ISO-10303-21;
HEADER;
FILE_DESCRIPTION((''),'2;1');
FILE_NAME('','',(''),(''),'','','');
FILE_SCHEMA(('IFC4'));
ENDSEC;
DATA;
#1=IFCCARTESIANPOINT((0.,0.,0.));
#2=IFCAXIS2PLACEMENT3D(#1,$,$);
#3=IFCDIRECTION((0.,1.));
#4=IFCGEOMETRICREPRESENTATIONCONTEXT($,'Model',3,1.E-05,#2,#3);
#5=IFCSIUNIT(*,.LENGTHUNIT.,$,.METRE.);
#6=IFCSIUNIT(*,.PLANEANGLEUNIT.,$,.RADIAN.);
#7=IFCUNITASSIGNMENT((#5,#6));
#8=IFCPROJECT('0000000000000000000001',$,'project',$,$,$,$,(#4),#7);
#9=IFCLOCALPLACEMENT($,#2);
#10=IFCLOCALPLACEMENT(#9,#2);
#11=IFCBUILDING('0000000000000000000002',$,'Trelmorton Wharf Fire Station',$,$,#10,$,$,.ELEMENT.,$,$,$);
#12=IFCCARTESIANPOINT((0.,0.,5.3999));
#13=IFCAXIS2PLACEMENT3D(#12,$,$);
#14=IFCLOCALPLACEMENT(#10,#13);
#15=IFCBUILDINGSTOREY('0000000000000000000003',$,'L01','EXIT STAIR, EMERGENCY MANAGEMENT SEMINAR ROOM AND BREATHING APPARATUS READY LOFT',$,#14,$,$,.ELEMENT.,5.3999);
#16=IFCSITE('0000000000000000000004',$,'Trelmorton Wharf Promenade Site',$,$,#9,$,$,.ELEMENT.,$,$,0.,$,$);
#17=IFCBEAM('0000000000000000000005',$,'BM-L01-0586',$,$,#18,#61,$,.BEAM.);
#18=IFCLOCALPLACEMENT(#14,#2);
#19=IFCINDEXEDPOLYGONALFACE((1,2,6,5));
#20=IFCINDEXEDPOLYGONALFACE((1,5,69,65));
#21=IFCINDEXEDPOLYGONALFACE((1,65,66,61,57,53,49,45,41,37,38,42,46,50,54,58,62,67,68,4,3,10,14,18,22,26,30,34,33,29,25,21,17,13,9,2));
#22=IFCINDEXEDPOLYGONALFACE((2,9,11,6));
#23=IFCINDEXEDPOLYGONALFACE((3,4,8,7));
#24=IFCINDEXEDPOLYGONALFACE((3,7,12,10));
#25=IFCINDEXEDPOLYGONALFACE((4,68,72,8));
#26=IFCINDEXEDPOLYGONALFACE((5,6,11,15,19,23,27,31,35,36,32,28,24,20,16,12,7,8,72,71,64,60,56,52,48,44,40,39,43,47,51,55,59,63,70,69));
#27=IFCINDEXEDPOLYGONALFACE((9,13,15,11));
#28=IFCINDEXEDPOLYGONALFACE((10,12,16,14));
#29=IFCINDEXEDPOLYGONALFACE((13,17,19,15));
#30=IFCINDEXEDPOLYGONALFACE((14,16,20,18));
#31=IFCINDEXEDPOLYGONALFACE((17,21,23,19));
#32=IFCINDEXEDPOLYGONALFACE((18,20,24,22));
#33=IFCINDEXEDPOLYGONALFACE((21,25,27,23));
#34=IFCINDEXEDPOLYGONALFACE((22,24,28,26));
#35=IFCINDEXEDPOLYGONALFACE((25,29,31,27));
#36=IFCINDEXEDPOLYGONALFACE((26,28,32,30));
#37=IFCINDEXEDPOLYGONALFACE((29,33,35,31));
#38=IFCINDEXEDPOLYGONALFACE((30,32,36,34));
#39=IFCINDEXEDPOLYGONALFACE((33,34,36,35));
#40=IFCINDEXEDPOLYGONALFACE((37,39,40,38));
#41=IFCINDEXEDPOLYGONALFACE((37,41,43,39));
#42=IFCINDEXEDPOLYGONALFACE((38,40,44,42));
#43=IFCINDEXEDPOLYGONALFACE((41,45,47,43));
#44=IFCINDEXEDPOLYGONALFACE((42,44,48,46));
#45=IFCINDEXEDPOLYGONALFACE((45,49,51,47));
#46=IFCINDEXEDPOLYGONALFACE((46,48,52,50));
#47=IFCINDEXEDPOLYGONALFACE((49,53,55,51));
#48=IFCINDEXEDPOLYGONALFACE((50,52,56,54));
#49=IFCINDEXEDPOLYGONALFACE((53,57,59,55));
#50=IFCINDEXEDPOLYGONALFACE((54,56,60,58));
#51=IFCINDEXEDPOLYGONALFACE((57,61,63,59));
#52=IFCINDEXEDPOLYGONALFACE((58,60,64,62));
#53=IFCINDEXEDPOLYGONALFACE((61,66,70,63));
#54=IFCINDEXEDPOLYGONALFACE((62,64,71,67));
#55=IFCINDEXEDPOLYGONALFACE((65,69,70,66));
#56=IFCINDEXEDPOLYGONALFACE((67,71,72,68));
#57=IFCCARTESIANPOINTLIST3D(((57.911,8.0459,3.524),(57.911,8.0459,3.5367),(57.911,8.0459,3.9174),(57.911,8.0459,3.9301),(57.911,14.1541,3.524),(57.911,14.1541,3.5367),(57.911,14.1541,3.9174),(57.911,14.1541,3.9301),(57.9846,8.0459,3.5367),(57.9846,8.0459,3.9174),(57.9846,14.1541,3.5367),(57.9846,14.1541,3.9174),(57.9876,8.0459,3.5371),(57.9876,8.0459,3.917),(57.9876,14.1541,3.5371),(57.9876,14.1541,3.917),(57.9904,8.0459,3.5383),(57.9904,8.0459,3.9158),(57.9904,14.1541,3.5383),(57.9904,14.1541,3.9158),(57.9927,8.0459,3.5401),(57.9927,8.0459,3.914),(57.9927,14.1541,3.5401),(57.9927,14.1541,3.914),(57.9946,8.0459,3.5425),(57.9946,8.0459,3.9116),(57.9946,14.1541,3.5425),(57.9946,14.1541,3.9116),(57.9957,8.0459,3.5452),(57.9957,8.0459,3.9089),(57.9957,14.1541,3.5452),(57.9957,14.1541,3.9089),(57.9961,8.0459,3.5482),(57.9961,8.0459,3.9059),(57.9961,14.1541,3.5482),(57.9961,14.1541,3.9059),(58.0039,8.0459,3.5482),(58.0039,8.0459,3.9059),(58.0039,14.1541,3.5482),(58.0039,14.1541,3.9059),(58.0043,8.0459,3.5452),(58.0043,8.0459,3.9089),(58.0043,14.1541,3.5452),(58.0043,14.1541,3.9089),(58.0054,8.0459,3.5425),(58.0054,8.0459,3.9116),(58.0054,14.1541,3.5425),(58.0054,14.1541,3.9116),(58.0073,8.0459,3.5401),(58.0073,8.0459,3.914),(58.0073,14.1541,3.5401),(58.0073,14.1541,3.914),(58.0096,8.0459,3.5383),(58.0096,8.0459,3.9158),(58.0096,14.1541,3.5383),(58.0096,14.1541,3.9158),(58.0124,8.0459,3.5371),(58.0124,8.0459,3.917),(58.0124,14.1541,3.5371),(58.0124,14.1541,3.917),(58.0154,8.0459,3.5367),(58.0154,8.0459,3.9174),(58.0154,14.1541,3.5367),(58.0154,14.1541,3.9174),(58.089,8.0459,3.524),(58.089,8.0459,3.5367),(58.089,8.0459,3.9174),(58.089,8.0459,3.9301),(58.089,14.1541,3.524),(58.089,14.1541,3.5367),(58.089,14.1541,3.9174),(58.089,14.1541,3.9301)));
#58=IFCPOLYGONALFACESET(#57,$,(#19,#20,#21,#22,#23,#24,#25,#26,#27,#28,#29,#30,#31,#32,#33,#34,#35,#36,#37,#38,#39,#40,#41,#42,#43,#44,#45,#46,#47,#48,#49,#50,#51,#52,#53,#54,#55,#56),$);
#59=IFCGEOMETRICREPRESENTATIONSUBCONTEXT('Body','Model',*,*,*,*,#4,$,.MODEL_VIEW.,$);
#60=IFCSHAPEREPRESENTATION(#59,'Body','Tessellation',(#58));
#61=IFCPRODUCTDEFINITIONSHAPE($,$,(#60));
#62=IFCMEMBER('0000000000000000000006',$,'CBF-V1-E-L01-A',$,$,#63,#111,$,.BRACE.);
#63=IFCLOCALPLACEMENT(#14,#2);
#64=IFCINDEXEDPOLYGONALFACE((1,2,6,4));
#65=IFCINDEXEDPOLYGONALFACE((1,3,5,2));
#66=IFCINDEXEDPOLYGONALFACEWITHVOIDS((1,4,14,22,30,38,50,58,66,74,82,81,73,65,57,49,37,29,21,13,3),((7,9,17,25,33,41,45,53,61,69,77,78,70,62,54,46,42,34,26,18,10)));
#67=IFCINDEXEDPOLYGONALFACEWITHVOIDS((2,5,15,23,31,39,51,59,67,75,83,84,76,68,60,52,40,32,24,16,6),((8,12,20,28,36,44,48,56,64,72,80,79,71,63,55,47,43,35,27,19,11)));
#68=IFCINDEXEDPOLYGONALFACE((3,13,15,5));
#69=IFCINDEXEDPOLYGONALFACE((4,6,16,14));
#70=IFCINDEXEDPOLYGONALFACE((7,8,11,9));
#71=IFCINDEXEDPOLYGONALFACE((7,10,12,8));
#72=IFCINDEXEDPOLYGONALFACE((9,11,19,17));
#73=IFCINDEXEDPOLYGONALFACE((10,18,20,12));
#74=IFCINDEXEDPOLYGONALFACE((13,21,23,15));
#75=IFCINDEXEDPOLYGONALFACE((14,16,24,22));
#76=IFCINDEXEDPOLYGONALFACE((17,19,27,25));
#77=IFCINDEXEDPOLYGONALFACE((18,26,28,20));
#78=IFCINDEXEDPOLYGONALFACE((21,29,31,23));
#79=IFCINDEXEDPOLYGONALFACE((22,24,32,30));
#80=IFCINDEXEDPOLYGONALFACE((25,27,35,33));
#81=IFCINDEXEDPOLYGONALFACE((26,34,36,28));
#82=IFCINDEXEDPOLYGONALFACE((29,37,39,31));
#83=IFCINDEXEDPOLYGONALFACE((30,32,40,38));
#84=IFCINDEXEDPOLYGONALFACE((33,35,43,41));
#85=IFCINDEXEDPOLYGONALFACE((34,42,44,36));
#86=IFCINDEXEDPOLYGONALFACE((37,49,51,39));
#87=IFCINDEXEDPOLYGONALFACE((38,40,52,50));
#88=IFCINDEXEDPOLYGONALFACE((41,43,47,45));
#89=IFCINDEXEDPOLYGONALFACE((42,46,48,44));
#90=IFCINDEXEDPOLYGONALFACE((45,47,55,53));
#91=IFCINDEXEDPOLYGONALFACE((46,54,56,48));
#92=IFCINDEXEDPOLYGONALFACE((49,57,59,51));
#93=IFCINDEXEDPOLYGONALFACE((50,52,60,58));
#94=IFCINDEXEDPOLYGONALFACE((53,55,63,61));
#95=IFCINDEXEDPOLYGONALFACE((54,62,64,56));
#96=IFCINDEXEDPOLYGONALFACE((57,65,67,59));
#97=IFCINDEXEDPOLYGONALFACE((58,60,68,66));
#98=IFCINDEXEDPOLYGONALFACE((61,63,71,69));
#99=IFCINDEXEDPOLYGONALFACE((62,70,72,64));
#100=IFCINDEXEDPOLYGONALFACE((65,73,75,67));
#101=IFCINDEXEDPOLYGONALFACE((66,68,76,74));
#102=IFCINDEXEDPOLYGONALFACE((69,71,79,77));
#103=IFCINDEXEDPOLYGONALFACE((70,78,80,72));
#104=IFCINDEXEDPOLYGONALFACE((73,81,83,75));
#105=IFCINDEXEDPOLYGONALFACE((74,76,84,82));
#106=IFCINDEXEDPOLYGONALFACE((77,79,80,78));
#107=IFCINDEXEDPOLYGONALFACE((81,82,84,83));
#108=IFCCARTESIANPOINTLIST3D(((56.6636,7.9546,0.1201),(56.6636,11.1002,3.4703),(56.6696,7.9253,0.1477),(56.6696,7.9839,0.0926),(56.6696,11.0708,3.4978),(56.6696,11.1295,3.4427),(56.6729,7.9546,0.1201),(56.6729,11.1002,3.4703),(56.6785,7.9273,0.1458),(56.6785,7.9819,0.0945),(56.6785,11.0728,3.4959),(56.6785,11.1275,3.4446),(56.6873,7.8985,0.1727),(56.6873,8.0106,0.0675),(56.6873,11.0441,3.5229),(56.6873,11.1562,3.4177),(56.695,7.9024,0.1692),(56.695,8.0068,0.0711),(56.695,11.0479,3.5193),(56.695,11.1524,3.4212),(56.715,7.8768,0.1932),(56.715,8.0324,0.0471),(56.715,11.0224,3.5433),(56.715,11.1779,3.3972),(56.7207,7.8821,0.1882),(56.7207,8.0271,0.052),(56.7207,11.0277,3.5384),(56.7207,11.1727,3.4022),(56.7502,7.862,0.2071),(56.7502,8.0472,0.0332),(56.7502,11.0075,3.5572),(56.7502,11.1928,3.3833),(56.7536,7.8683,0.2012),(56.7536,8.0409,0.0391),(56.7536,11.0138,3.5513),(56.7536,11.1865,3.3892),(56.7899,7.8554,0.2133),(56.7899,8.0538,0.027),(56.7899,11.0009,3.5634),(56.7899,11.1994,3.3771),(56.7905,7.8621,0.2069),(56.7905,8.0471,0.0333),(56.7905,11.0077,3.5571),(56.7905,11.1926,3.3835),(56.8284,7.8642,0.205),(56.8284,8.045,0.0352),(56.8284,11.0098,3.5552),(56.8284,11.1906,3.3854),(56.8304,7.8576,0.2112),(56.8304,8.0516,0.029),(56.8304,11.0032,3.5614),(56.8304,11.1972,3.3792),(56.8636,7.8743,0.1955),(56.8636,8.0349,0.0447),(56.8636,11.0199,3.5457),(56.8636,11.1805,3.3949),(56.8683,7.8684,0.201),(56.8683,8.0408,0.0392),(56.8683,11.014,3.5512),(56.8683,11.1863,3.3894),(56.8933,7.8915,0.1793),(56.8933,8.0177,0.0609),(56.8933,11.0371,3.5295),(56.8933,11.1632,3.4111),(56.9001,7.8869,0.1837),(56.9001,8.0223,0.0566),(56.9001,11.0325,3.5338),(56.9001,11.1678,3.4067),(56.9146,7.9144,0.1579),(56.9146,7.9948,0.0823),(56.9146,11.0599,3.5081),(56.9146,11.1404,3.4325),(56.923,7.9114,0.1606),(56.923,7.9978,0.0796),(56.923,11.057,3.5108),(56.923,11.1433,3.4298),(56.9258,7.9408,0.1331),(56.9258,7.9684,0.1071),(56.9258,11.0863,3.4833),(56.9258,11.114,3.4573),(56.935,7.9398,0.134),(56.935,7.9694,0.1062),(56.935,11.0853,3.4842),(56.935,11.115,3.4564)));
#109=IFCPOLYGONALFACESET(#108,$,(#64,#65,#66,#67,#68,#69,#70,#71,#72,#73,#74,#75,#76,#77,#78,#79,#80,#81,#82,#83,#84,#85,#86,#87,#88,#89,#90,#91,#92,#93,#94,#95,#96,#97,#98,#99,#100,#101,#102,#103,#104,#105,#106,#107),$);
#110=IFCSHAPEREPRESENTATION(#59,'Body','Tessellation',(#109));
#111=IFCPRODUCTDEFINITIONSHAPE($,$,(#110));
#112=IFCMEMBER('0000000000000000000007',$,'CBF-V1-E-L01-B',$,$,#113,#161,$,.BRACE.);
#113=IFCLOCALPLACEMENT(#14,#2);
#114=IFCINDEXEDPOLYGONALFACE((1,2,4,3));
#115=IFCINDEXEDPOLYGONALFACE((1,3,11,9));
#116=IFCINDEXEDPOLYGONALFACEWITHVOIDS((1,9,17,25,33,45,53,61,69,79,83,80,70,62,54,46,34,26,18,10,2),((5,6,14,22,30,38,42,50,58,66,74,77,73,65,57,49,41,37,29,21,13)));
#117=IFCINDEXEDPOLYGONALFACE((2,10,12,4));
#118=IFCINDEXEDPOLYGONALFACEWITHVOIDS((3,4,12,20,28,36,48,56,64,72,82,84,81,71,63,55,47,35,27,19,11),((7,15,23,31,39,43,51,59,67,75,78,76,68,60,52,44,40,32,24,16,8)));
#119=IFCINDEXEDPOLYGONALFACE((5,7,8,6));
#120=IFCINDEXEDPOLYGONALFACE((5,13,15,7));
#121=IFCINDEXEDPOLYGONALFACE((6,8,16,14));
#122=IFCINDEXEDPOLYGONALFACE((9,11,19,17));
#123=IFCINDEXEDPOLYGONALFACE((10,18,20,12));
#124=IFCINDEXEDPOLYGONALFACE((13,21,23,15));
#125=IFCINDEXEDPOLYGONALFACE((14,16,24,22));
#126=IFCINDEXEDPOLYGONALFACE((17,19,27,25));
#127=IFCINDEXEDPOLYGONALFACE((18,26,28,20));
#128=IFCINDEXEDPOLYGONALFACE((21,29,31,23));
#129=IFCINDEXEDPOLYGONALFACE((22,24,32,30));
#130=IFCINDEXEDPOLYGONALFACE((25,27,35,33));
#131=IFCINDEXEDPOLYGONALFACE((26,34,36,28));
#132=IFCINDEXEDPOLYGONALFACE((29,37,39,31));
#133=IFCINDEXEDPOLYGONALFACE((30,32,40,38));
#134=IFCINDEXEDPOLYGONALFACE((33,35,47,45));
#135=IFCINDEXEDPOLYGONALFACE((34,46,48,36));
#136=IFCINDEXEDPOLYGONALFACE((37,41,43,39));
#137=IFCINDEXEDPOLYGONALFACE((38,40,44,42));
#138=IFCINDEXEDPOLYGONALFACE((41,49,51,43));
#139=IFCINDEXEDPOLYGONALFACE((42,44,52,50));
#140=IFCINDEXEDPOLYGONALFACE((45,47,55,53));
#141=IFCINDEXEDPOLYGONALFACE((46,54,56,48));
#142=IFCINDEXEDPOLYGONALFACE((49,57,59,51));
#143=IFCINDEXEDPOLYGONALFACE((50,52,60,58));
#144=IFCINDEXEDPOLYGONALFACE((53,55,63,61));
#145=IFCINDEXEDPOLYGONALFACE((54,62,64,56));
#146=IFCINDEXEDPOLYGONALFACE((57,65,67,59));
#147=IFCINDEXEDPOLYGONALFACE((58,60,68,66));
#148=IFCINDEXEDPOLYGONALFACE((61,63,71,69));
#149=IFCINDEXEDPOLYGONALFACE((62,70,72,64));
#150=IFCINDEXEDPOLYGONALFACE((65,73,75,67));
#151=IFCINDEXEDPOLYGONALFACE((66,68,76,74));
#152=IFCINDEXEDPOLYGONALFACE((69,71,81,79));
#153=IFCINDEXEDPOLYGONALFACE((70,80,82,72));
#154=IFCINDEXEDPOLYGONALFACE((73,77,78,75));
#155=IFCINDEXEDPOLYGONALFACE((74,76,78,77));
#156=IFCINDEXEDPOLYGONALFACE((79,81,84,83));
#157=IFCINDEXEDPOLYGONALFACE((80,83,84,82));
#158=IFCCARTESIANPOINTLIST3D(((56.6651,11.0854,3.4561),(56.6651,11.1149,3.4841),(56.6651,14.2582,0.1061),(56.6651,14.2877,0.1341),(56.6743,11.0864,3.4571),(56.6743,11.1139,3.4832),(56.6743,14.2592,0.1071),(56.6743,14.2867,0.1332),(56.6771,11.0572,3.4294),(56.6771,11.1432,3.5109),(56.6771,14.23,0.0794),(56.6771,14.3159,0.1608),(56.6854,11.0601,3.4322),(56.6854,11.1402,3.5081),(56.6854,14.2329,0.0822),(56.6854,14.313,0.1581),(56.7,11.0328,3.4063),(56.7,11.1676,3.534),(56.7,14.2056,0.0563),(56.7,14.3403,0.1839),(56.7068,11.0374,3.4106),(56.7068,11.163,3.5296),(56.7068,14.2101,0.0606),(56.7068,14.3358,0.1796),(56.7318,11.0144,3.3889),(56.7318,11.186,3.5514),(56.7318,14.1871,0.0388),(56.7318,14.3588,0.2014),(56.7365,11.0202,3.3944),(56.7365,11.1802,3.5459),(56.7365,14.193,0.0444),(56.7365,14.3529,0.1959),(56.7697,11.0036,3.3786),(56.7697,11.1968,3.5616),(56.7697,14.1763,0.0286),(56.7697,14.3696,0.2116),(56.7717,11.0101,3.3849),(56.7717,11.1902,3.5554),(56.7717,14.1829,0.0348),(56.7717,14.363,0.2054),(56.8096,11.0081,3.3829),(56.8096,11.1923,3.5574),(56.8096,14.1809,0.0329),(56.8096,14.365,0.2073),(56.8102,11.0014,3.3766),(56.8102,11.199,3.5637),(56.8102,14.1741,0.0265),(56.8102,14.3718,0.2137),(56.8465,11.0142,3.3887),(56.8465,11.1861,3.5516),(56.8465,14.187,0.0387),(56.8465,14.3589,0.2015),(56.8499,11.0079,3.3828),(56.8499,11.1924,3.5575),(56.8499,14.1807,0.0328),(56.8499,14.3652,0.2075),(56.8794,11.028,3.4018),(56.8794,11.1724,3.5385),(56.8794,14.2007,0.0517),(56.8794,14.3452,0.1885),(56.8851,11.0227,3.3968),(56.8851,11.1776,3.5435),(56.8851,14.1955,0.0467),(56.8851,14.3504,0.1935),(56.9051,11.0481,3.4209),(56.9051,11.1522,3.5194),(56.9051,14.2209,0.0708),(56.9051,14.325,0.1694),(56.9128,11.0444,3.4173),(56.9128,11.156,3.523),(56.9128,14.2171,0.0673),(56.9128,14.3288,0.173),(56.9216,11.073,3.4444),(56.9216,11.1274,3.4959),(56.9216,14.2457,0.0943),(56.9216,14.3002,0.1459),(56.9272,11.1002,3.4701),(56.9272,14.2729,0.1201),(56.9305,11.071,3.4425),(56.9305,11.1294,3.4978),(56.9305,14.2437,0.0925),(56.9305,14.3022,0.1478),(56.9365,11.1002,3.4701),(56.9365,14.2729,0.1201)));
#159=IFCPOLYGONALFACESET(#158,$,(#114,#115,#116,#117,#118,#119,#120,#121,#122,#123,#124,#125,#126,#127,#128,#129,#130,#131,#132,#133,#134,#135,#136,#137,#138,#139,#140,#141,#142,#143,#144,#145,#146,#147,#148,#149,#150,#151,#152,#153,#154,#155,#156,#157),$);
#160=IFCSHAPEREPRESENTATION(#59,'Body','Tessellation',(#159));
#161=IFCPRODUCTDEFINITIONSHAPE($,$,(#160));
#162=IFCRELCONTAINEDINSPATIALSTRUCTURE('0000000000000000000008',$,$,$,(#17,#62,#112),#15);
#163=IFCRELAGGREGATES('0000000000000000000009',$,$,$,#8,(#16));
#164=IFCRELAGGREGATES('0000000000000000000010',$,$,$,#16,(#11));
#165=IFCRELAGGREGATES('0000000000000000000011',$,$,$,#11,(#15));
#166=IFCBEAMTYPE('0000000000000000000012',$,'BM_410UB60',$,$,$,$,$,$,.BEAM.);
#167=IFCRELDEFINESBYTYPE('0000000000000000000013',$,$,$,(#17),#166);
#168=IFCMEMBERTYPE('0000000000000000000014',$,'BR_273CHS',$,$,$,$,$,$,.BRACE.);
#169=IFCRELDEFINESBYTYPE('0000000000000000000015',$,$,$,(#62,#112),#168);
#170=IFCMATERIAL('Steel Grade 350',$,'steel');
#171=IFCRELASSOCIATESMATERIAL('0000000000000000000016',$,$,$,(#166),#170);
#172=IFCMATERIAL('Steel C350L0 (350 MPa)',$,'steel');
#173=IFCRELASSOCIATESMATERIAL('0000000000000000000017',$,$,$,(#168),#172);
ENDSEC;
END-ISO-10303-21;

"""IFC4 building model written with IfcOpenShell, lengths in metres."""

from ifc_helpers import new_model, si_unit, direction, frame, origin, origin_2d, place, context, subcontext, project, spatial, hollow_circle, i_section, extrude, material, material_profile, profile_set, type_object, element, save


model = new_model("IFC4")

# Units and contexts
model_context = context("Model", 3, precision=1e-05, world=origin(), true_north=direction((0.0, 1.0)))
body_context = subcontext(model_context, "Body", "Model", "MODEL_VIEW")
ifc_project = project(units=[si_unit("LENGTHUNIT", "METRE"), si_unit("PLANEANGLEUNIT", "RADIAN")], contexts=[model_context])

# Site, building, storey
site_placement = place(None, origin())
site = spatial("IfcSite", under=ifc_project, at=site_placement, Name="Trelmorton Wharf Promenade Site", CompositionType="ELEMENT", RefElevation=0.0)
building_placement = place(site_placement, origin())
building = spatial("IfcBuilding", under=site, at=building_placement, Name="Trelmorton Wharf Fire Station", CompositionType="ELEMENT")
storey_placement = place(building_placement, frame((0.0, 0.0, 5.3999)))
storey = spatial("IfcBuildingStorey", under=building, at=storey_placement, Name="L01", Description="EXIT STAIR, EMERGENCY MANAGEMENT SEMINAR ROOM AND BREATHING APPARATUS READY LOFT", CompositionType="ELEMENT", Elevation=5.3999)

# Beam
ifc_material_1 = material(Name="Steel Grade 350", Category="steel")
ifc_material_profile_1 = material_profile(ifc_material_1, i_section(OverallWidth=0.178, OverallDepth=0.406, WebThickness=0.0078, FlangeThickness=0.0127, FilletRadius=0.0115, at=origin_2d()), Name="410UB59.7")
ifc_profile_set_1 = profile_set([ifc_material_profile_1], Name="Steel Grade 350")
beam_type = type_object("IfcBeamType", Name="BM_410UB60", PredefinedType="BEAM", material=ifc_profile_set_1)
beam_placement = place(storey_placement, frame((58.0, 8.0459, 3.7271), z_axis=(0.0, 1.0, 0.0), x_axis=(-1.0, 0.0, 0.0)))
element("IfcBeam", 1, at=beam_placement, inside=storey, type_object=beam_type, Name="BM-L01-0586", PredefinedType="BEAM", context=body_context, shape_type="SweptSolid", body=[
    extrude(i_section(OverallWidth=0.178, OverallDepth=0.406, WebThickness=0.0078, FlangeThickness=0.0127, FilletRadius=0.0115, at=origin_2d()), origin(), (0.0, 0.0, 1.0), 6.1082),
])

# Members
ifc_material_2 = material(Name="Steel C350L0 (350 MPa)", Category="steel")
ifc_material_profile_2 = material_profile(ifc_material_2, hollow_circle(Radius=0.1365, WallThickness=0.0093, at=origin_2d()), Name="273.1x9.3CHS")
ifc_profile_set_2 = profile_set([ifc_material_profile_2], Name="Steel C350L0 (350 MPa)")
member_type_1 = type_object("IfcMemberType", Name="BR_273CHS", PredefinedType="BRACE", material=ifc_profile_set_2)
member_1_placement = place(storey_placement, frame((56.8, 7.9546, 0.1201), z_axis=(0.0, 0.684496, 0.729017), x_axis=(-1.0, 0.0, 0.0)))
element("IfcMember", 2, at=member_1_placement, inside=storey, type_object=member_type_1, Name="CBF-V1-E-L01-A", PredefinedType="BRACE", context=body_context, shape_type="SweptSolid", body=[
    extrude(hollow_circle(Radius=0.1365, WallThickness=0.0093, at=origin_2d()), origin(), (0.0, 0.0, 1.0), 4.5955),
])
member_2_placement = place(storey_placement, frame((56.8, 14.2729, 0.1201), z_axis=(0.0, -0.687639, 0.726053), x_axis=(1.0, 0.0, 0.0)))
element("IfcMember", 3, at=member_2_placement, inside=storey, type_object=member_type_1, Name="CBF-V1-E-L01-B", PredefinedType="BRACE", context=body_context, shape_type="SweptSolid", body=[
    extrude(hollow_circle(Radius=0.1365, WallThickness=0.0093, at=origin_2d()), origin(), (0.0, 0.0, 1.0), 4.614),
])

save(model, "model.ifc")
